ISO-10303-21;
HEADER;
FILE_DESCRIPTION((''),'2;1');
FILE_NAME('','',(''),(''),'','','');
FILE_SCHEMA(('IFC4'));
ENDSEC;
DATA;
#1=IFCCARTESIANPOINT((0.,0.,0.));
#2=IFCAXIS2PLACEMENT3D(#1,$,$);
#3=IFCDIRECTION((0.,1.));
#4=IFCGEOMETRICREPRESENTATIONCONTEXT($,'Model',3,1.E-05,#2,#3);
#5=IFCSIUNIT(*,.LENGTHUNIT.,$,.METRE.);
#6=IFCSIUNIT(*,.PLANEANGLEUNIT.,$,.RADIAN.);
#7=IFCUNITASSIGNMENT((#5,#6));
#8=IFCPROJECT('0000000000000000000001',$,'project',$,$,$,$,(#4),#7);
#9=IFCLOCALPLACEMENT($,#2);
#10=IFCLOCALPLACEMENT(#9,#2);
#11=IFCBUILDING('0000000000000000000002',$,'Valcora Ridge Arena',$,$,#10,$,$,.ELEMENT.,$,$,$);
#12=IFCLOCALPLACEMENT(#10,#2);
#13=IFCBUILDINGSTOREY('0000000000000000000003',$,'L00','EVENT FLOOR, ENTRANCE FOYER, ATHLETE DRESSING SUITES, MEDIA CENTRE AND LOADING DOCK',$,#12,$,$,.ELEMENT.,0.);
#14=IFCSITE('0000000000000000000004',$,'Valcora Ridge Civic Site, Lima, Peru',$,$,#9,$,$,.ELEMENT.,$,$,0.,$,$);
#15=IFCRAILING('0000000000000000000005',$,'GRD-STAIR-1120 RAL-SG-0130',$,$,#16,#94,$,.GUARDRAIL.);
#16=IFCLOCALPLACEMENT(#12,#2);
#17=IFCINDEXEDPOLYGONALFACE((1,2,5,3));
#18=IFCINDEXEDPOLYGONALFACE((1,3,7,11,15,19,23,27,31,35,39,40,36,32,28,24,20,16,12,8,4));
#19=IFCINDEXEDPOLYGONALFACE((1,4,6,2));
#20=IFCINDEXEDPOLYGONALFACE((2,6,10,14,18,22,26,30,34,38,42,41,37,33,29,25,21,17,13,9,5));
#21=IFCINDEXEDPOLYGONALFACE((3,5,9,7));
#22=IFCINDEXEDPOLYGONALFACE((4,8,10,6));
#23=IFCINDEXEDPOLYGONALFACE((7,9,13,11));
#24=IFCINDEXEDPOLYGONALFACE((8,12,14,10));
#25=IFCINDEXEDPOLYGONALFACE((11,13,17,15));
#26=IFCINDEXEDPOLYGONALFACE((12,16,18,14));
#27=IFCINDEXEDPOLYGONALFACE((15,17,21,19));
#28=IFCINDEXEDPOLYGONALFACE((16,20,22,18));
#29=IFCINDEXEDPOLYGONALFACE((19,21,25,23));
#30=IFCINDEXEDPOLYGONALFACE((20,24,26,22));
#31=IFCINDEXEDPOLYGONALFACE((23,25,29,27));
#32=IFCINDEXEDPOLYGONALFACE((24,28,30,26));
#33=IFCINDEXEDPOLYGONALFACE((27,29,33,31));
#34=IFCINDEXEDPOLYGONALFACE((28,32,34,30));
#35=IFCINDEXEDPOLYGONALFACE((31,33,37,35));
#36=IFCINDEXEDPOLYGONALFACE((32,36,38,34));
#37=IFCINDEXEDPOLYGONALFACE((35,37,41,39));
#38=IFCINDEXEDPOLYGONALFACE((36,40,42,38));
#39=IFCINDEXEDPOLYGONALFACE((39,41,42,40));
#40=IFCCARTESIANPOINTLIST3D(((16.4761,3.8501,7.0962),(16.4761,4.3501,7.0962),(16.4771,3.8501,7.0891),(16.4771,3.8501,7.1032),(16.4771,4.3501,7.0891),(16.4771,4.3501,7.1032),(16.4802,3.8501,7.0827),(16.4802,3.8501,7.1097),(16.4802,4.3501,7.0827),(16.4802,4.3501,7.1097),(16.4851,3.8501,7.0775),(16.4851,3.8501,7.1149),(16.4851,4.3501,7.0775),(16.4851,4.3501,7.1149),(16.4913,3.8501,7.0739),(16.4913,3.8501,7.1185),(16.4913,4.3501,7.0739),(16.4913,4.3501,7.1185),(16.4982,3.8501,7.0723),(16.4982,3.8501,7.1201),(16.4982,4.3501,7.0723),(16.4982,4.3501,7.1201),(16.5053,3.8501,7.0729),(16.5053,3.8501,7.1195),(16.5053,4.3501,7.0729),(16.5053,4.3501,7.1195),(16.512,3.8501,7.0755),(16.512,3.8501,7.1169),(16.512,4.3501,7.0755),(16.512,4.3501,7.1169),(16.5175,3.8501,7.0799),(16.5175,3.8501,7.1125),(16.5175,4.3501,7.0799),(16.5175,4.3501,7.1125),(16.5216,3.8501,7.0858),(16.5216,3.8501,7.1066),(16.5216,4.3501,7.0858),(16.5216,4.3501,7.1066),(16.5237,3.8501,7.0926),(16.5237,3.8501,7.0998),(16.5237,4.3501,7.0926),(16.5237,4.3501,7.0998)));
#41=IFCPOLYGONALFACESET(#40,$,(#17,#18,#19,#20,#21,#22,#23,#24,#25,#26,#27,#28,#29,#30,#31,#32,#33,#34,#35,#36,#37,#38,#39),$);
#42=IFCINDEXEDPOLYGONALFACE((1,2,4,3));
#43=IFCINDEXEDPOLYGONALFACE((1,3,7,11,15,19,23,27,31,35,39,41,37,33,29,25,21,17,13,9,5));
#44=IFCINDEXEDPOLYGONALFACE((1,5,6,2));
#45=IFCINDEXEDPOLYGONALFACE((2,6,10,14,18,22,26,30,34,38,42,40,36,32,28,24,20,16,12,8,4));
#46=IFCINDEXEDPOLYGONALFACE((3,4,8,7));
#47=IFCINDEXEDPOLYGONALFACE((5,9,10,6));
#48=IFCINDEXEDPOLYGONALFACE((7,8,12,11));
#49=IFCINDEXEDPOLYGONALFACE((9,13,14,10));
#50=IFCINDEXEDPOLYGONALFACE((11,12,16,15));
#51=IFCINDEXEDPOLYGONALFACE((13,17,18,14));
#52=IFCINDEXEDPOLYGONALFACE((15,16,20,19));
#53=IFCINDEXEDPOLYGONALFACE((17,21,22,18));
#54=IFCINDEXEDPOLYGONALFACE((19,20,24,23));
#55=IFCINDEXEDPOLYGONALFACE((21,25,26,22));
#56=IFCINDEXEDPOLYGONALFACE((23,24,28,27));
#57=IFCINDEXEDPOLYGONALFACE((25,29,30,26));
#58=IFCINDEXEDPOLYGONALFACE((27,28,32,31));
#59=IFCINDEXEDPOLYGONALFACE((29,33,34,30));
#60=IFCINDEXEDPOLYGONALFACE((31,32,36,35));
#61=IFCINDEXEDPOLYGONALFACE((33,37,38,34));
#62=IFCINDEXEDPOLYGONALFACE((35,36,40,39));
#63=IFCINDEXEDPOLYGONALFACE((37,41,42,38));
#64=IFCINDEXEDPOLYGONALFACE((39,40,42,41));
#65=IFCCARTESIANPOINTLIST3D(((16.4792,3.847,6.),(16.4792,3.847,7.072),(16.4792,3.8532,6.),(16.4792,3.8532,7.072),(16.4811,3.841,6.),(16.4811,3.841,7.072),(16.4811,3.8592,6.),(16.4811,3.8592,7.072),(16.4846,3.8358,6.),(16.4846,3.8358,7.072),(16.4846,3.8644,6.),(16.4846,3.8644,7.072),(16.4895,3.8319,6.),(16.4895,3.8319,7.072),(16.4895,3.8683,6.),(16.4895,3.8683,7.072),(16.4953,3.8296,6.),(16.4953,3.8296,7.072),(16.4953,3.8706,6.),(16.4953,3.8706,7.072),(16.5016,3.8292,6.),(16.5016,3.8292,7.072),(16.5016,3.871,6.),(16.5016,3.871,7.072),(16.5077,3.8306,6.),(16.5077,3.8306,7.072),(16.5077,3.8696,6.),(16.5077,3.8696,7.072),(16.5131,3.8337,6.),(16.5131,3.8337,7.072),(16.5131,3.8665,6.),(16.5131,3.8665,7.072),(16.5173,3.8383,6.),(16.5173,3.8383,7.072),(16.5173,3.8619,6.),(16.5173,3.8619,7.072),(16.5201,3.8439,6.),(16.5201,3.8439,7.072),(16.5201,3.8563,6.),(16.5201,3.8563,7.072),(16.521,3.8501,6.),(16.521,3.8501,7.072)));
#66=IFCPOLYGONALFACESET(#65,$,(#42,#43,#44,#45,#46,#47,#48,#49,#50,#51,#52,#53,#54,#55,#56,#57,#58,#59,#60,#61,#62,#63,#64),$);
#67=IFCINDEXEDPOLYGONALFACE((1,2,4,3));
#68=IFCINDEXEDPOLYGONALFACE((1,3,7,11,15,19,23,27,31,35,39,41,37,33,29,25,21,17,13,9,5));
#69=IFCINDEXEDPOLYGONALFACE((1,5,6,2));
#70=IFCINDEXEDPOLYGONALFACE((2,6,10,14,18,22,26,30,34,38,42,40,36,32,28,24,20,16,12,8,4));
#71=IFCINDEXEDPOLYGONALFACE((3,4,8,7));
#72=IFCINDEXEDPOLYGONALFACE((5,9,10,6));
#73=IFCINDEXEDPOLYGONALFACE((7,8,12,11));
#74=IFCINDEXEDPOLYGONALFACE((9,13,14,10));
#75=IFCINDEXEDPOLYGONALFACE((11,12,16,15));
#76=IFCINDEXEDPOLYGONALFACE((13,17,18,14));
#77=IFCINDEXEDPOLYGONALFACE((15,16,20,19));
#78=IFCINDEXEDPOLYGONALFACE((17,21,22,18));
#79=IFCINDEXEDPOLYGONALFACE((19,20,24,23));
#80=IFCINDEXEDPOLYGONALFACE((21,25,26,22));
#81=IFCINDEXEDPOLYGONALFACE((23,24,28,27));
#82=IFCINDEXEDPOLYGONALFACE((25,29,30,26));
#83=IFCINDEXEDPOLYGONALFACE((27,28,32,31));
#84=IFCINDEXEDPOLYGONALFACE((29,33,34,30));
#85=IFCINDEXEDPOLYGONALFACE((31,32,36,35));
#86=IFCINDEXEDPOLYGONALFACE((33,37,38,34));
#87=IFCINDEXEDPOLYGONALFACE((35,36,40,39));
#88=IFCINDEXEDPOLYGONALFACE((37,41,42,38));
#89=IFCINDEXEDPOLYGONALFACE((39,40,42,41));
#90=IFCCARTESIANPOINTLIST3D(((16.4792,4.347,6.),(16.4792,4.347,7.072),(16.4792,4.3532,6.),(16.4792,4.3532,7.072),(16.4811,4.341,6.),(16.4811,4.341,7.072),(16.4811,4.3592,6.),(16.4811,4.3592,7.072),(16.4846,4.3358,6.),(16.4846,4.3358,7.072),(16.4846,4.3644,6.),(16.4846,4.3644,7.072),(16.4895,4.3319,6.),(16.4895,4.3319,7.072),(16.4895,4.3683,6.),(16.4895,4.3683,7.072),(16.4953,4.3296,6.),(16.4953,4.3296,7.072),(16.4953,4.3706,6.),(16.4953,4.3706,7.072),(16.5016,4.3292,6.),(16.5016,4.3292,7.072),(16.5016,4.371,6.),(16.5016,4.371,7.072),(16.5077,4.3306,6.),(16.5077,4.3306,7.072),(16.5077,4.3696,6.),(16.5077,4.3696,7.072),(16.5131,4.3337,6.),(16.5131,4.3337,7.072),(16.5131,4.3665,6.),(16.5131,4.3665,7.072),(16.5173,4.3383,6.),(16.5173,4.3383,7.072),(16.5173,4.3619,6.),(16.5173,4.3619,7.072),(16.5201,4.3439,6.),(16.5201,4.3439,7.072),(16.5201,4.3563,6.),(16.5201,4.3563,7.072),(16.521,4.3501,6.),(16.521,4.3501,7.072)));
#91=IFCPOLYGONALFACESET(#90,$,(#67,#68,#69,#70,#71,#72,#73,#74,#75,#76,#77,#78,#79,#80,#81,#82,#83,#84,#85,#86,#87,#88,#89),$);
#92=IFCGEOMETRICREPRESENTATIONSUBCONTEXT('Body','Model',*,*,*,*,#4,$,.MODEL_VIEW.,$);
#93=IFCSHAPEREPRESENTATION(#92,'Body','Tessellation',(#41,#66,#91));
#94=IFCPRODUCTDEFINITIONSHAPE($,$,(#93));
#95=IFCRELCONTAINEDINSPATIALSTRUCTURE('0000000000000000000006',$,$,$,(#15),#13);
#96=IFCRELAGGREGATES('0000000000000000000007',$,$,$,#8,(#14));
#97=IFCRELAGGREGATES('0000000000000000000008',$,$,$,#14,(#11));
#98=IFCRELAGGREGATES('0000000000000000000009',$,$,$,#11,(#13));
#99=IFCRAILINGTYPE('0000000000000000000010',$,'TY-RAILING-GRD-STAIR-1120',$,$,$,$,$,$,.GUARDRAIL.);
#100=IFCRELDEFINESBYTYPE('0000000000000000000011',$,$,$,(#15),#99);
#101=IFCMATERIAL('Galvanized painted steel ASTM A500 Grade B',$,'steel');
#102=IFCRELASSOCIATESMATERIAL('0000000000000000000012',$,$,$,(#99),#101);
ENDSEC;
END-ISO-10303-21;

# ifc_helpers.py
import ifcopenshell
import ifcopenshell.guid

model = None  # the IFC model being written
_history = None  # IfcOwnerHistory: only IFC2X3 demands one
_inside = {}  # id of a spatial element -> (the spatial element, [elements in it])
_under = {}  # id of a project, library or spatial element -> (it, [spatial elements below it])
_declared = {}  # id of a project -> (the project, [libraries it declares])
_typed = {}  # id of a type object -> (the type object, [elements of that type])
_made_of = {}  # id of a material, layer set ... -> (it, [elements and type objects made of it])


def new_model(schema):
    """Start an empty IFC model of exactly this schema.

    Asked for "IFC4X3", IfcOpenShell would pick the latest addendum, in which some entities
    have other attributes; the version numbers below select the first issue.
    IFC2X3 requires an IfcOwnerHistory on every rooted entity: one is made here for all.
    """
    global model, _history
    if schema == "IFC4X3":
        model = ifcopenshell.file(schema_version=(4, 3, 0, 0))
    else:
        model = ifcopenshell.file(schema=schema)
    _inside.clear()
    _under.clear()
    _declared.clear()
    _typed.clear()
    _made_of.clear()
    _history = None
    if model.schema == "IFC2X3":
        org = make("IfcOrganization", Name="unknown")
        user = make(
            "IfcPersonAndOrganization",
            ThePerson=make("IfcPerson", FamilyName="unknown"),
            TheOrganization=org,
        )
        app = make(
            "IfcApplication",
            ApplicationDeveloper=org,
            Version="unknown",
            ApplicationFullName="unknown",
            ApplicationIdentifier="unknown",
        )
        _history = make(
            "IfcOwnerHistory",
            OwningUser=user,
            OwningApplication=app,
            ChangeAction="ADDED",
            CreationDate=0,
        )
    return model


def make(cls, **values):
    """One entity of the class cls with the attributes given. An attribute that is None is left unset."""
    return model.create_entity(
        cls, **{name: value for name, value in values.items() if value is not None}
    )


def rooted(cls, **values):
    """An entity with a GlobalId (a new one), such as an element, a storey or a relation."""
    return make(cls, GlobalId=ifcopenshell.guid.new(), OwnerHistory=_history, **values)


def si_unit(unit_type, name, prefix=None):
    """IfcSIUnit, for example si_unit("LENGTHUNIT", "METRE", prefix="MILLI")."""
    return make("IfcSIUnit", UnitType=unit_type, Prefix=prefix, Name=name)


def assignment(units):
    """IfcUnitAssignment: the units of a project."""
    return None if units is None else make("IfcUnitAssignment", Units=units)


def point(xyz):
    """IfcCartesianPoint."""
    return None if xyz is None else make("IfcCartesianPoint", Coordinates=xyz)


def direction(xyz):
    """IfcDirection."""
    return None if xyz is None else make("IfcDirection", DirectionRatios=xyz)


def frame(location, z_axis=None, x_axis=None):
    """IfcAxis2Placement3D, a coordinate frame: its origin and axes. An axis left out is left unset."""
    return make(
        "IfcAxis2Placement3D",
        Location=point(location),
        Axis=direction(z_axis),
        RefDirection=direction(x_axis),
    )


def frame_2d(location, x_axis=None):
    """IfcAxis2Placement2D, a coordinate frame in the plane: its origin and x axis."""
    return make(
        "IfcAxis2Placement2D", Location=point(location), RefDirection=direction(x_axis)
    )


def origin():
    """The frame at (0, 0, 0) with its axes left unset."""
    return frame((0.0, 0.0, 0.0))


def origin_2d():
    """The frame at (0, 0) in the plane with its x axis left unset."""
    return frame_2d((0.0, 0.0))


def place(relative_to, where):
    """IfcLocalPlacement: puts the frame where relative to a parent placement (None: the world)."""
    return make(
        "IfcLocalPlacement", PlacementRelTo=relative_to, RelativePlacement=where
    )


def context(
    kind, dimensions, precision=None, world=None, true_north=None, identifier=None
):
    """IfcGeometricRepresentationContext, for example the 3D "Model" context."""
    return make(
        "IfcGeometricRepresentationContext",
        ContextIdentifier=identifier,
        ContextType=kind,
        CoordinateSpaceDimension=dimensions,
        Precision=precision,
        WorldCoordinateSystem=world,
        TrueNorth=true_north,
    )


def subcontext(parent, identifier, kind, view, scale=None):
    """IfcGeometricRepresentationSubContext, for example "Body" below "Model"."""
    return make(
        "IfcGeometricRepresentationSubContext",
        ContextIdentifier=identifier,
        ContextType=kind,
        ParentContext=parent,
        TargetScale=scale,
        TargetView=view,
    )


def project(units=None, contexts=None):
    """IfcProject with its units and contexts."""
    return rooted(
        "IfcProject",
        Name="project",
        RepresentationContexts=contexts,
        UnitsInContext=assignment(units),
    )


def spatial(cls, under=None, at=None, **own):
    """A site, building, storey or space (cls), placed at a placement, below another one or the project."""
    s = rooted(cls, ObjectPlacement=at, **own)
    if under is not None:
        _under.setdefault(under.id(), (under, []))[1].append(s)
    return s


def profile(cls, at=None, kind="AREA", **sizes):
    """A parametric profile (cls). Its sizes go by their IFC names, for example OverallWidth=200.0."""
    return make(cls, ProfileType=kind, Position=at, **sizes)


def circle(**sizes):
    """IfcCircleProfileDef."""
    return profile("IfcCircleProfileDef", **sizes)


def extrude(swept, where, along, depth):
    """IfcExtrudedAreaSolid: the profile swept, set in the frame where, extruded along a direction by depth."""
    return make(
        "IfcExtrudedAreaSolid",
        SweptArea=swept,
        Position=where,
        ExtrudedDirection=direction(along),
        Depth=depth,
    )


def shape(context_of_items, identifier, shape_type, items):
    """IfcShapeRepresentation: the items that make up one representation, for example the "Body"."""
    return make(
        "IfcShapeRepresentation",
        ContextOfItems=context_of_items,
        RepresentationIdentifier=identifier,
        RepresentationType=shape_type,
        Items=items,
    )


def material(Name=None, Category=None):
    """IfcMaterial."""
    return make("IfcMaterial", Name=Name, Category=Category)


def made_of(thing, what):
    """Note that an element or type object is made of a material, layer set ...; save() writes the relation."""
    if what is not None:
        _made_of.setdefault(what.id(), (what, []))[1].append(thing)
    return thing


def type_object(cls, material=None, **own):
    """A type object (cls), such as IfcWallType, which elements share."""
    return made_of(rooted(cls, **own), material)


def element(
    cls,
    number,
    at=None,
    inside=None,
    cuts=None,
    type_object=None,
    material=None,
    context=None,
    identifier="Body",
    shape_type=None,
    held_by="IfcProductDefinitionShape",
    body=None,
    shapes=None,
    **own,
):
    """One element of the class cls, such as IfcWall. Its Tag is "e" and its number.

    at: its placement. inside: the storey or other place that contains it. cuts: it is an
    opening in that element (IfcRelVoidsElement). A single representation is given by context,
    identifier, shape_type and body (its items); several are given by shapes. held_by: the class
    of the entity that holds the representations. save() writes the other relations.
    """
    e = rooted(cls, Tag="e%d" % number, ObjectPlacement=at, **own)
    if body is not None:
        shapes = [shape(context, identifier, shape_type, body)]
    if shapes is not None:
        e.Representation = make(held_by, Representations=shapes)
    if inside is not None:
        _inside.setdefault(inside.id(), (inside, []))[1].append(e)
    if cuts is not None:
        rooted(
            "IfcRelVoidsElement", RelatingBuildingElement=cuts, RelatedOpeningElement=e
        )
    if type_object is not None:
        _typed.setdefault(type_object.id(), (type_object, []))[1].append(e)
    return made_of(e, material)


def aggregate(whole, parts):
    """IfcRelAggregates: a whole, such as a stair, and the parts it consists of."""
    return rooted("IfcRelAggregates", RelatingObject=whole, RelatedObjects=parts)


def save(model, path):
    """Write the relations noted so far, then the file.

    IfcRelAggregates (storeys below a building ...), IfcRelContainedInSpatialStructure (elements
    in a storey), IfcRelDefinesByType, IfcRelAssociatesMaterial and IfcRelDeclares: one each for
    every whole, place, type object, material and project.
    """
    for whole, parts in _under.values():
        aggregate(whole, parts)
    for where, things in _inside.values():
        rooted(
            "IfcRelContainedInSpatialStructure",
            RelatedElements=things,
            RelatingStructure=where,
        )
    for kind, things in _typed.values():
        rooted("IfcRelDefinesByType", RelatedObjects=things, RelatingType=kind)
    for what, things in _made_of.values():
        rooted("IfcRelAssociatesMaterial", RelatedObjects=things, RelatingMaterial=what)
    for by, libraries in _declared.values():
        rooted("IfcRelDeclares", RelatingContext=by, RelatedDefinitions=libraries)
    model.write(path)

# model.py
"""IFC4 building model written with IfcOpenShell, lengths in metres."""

from ifc_helpers import new_model, si_unit, direction, frame, origin, origin_2d, place, context, subcontext, project, spatial, circle, extrude, material, type_object, element, save


model = new_model("IFC4")

# Units and contexts
model_context = context("Model", 3, precision=1e-05, world=origin(), true_north=direction((0.0, 1.0)))
body_context = subcontext(model_context, "Body", "Model", "MODEL_VIEW")
ifc_project = project(units=[si_unit("LENGTHUNIT", "METRE"), si_unit("PLANEANGLEUNIT", "RADIAN")], contexts=[model_context])

# Site, building, storey
site_placement = place(None, origin())
site = spatial("IfcSite", under=ifc_project, at=site_placement, Name="Valcora Ridge Civic Site, Lima, Peru", CompositionType="ELEMENT", RefElevation=0.0)
building_placement = place(site_placement, origin())
building = spatial("IfcBuilding", under=site, at=building_placement, Name="Valcora Ridge Arena", CompositionType="ELEMENT")
storey_placement = place(building_placement, origin())
storey = spatial("IfcBuildingStorey", under=building, at=storey_placement, Name="L00", Description="EVENT FLOOR, ENTRANCE FOYER, ATHLETE DRESSING SUITES, MEDIA CENTRE AND LOADING DOCK", CompositionType="ELEMENT", Elevation=0.0)

# Railing
ifc_material_1 = material(Name="Galvanized painted steel ASTM A500 Grade B", Category="steel")
railing_type = type_object("IfcRailingType", Name="TY-RAILING-GRD-STAIR-1120", PredefinedType="GUARDRAIL", material=ifc_material_1)
railing_1_placement = place(storey_placement, frame((16.5, 3.8501, 6.0)))
element("IfcRailing", 1, at=railing_1_placement, inside=storey, type_object=railing_type, Name="GRD-STAIR-1120 RAL-SG-0130", PredefinedType="GUARDRAIL", context=body_context, shape_type="SweptSolid", body=[
    extrude(circle(Radius=0.0239, at=origin_2d()), frame((0.0, 0.0, 1.0962), z_axis=(0.0, 1.0, 0.0), x_axis=(-1.0, 0.0, 0.0)), (0.0, 0.0, 1.0), 0.5),
    extrude(circle(Radius=0.021, at=origin_2d()), origin(), (0.0, 0.0, 1.0), 1.072),
    extrude(circle(Radius=0.021, at=origin_2d()), frame((0.0, 0.5, 0.0)), (0.0, 0.0, 1.0), 1.072),
])

save(model, "model.ifc")
